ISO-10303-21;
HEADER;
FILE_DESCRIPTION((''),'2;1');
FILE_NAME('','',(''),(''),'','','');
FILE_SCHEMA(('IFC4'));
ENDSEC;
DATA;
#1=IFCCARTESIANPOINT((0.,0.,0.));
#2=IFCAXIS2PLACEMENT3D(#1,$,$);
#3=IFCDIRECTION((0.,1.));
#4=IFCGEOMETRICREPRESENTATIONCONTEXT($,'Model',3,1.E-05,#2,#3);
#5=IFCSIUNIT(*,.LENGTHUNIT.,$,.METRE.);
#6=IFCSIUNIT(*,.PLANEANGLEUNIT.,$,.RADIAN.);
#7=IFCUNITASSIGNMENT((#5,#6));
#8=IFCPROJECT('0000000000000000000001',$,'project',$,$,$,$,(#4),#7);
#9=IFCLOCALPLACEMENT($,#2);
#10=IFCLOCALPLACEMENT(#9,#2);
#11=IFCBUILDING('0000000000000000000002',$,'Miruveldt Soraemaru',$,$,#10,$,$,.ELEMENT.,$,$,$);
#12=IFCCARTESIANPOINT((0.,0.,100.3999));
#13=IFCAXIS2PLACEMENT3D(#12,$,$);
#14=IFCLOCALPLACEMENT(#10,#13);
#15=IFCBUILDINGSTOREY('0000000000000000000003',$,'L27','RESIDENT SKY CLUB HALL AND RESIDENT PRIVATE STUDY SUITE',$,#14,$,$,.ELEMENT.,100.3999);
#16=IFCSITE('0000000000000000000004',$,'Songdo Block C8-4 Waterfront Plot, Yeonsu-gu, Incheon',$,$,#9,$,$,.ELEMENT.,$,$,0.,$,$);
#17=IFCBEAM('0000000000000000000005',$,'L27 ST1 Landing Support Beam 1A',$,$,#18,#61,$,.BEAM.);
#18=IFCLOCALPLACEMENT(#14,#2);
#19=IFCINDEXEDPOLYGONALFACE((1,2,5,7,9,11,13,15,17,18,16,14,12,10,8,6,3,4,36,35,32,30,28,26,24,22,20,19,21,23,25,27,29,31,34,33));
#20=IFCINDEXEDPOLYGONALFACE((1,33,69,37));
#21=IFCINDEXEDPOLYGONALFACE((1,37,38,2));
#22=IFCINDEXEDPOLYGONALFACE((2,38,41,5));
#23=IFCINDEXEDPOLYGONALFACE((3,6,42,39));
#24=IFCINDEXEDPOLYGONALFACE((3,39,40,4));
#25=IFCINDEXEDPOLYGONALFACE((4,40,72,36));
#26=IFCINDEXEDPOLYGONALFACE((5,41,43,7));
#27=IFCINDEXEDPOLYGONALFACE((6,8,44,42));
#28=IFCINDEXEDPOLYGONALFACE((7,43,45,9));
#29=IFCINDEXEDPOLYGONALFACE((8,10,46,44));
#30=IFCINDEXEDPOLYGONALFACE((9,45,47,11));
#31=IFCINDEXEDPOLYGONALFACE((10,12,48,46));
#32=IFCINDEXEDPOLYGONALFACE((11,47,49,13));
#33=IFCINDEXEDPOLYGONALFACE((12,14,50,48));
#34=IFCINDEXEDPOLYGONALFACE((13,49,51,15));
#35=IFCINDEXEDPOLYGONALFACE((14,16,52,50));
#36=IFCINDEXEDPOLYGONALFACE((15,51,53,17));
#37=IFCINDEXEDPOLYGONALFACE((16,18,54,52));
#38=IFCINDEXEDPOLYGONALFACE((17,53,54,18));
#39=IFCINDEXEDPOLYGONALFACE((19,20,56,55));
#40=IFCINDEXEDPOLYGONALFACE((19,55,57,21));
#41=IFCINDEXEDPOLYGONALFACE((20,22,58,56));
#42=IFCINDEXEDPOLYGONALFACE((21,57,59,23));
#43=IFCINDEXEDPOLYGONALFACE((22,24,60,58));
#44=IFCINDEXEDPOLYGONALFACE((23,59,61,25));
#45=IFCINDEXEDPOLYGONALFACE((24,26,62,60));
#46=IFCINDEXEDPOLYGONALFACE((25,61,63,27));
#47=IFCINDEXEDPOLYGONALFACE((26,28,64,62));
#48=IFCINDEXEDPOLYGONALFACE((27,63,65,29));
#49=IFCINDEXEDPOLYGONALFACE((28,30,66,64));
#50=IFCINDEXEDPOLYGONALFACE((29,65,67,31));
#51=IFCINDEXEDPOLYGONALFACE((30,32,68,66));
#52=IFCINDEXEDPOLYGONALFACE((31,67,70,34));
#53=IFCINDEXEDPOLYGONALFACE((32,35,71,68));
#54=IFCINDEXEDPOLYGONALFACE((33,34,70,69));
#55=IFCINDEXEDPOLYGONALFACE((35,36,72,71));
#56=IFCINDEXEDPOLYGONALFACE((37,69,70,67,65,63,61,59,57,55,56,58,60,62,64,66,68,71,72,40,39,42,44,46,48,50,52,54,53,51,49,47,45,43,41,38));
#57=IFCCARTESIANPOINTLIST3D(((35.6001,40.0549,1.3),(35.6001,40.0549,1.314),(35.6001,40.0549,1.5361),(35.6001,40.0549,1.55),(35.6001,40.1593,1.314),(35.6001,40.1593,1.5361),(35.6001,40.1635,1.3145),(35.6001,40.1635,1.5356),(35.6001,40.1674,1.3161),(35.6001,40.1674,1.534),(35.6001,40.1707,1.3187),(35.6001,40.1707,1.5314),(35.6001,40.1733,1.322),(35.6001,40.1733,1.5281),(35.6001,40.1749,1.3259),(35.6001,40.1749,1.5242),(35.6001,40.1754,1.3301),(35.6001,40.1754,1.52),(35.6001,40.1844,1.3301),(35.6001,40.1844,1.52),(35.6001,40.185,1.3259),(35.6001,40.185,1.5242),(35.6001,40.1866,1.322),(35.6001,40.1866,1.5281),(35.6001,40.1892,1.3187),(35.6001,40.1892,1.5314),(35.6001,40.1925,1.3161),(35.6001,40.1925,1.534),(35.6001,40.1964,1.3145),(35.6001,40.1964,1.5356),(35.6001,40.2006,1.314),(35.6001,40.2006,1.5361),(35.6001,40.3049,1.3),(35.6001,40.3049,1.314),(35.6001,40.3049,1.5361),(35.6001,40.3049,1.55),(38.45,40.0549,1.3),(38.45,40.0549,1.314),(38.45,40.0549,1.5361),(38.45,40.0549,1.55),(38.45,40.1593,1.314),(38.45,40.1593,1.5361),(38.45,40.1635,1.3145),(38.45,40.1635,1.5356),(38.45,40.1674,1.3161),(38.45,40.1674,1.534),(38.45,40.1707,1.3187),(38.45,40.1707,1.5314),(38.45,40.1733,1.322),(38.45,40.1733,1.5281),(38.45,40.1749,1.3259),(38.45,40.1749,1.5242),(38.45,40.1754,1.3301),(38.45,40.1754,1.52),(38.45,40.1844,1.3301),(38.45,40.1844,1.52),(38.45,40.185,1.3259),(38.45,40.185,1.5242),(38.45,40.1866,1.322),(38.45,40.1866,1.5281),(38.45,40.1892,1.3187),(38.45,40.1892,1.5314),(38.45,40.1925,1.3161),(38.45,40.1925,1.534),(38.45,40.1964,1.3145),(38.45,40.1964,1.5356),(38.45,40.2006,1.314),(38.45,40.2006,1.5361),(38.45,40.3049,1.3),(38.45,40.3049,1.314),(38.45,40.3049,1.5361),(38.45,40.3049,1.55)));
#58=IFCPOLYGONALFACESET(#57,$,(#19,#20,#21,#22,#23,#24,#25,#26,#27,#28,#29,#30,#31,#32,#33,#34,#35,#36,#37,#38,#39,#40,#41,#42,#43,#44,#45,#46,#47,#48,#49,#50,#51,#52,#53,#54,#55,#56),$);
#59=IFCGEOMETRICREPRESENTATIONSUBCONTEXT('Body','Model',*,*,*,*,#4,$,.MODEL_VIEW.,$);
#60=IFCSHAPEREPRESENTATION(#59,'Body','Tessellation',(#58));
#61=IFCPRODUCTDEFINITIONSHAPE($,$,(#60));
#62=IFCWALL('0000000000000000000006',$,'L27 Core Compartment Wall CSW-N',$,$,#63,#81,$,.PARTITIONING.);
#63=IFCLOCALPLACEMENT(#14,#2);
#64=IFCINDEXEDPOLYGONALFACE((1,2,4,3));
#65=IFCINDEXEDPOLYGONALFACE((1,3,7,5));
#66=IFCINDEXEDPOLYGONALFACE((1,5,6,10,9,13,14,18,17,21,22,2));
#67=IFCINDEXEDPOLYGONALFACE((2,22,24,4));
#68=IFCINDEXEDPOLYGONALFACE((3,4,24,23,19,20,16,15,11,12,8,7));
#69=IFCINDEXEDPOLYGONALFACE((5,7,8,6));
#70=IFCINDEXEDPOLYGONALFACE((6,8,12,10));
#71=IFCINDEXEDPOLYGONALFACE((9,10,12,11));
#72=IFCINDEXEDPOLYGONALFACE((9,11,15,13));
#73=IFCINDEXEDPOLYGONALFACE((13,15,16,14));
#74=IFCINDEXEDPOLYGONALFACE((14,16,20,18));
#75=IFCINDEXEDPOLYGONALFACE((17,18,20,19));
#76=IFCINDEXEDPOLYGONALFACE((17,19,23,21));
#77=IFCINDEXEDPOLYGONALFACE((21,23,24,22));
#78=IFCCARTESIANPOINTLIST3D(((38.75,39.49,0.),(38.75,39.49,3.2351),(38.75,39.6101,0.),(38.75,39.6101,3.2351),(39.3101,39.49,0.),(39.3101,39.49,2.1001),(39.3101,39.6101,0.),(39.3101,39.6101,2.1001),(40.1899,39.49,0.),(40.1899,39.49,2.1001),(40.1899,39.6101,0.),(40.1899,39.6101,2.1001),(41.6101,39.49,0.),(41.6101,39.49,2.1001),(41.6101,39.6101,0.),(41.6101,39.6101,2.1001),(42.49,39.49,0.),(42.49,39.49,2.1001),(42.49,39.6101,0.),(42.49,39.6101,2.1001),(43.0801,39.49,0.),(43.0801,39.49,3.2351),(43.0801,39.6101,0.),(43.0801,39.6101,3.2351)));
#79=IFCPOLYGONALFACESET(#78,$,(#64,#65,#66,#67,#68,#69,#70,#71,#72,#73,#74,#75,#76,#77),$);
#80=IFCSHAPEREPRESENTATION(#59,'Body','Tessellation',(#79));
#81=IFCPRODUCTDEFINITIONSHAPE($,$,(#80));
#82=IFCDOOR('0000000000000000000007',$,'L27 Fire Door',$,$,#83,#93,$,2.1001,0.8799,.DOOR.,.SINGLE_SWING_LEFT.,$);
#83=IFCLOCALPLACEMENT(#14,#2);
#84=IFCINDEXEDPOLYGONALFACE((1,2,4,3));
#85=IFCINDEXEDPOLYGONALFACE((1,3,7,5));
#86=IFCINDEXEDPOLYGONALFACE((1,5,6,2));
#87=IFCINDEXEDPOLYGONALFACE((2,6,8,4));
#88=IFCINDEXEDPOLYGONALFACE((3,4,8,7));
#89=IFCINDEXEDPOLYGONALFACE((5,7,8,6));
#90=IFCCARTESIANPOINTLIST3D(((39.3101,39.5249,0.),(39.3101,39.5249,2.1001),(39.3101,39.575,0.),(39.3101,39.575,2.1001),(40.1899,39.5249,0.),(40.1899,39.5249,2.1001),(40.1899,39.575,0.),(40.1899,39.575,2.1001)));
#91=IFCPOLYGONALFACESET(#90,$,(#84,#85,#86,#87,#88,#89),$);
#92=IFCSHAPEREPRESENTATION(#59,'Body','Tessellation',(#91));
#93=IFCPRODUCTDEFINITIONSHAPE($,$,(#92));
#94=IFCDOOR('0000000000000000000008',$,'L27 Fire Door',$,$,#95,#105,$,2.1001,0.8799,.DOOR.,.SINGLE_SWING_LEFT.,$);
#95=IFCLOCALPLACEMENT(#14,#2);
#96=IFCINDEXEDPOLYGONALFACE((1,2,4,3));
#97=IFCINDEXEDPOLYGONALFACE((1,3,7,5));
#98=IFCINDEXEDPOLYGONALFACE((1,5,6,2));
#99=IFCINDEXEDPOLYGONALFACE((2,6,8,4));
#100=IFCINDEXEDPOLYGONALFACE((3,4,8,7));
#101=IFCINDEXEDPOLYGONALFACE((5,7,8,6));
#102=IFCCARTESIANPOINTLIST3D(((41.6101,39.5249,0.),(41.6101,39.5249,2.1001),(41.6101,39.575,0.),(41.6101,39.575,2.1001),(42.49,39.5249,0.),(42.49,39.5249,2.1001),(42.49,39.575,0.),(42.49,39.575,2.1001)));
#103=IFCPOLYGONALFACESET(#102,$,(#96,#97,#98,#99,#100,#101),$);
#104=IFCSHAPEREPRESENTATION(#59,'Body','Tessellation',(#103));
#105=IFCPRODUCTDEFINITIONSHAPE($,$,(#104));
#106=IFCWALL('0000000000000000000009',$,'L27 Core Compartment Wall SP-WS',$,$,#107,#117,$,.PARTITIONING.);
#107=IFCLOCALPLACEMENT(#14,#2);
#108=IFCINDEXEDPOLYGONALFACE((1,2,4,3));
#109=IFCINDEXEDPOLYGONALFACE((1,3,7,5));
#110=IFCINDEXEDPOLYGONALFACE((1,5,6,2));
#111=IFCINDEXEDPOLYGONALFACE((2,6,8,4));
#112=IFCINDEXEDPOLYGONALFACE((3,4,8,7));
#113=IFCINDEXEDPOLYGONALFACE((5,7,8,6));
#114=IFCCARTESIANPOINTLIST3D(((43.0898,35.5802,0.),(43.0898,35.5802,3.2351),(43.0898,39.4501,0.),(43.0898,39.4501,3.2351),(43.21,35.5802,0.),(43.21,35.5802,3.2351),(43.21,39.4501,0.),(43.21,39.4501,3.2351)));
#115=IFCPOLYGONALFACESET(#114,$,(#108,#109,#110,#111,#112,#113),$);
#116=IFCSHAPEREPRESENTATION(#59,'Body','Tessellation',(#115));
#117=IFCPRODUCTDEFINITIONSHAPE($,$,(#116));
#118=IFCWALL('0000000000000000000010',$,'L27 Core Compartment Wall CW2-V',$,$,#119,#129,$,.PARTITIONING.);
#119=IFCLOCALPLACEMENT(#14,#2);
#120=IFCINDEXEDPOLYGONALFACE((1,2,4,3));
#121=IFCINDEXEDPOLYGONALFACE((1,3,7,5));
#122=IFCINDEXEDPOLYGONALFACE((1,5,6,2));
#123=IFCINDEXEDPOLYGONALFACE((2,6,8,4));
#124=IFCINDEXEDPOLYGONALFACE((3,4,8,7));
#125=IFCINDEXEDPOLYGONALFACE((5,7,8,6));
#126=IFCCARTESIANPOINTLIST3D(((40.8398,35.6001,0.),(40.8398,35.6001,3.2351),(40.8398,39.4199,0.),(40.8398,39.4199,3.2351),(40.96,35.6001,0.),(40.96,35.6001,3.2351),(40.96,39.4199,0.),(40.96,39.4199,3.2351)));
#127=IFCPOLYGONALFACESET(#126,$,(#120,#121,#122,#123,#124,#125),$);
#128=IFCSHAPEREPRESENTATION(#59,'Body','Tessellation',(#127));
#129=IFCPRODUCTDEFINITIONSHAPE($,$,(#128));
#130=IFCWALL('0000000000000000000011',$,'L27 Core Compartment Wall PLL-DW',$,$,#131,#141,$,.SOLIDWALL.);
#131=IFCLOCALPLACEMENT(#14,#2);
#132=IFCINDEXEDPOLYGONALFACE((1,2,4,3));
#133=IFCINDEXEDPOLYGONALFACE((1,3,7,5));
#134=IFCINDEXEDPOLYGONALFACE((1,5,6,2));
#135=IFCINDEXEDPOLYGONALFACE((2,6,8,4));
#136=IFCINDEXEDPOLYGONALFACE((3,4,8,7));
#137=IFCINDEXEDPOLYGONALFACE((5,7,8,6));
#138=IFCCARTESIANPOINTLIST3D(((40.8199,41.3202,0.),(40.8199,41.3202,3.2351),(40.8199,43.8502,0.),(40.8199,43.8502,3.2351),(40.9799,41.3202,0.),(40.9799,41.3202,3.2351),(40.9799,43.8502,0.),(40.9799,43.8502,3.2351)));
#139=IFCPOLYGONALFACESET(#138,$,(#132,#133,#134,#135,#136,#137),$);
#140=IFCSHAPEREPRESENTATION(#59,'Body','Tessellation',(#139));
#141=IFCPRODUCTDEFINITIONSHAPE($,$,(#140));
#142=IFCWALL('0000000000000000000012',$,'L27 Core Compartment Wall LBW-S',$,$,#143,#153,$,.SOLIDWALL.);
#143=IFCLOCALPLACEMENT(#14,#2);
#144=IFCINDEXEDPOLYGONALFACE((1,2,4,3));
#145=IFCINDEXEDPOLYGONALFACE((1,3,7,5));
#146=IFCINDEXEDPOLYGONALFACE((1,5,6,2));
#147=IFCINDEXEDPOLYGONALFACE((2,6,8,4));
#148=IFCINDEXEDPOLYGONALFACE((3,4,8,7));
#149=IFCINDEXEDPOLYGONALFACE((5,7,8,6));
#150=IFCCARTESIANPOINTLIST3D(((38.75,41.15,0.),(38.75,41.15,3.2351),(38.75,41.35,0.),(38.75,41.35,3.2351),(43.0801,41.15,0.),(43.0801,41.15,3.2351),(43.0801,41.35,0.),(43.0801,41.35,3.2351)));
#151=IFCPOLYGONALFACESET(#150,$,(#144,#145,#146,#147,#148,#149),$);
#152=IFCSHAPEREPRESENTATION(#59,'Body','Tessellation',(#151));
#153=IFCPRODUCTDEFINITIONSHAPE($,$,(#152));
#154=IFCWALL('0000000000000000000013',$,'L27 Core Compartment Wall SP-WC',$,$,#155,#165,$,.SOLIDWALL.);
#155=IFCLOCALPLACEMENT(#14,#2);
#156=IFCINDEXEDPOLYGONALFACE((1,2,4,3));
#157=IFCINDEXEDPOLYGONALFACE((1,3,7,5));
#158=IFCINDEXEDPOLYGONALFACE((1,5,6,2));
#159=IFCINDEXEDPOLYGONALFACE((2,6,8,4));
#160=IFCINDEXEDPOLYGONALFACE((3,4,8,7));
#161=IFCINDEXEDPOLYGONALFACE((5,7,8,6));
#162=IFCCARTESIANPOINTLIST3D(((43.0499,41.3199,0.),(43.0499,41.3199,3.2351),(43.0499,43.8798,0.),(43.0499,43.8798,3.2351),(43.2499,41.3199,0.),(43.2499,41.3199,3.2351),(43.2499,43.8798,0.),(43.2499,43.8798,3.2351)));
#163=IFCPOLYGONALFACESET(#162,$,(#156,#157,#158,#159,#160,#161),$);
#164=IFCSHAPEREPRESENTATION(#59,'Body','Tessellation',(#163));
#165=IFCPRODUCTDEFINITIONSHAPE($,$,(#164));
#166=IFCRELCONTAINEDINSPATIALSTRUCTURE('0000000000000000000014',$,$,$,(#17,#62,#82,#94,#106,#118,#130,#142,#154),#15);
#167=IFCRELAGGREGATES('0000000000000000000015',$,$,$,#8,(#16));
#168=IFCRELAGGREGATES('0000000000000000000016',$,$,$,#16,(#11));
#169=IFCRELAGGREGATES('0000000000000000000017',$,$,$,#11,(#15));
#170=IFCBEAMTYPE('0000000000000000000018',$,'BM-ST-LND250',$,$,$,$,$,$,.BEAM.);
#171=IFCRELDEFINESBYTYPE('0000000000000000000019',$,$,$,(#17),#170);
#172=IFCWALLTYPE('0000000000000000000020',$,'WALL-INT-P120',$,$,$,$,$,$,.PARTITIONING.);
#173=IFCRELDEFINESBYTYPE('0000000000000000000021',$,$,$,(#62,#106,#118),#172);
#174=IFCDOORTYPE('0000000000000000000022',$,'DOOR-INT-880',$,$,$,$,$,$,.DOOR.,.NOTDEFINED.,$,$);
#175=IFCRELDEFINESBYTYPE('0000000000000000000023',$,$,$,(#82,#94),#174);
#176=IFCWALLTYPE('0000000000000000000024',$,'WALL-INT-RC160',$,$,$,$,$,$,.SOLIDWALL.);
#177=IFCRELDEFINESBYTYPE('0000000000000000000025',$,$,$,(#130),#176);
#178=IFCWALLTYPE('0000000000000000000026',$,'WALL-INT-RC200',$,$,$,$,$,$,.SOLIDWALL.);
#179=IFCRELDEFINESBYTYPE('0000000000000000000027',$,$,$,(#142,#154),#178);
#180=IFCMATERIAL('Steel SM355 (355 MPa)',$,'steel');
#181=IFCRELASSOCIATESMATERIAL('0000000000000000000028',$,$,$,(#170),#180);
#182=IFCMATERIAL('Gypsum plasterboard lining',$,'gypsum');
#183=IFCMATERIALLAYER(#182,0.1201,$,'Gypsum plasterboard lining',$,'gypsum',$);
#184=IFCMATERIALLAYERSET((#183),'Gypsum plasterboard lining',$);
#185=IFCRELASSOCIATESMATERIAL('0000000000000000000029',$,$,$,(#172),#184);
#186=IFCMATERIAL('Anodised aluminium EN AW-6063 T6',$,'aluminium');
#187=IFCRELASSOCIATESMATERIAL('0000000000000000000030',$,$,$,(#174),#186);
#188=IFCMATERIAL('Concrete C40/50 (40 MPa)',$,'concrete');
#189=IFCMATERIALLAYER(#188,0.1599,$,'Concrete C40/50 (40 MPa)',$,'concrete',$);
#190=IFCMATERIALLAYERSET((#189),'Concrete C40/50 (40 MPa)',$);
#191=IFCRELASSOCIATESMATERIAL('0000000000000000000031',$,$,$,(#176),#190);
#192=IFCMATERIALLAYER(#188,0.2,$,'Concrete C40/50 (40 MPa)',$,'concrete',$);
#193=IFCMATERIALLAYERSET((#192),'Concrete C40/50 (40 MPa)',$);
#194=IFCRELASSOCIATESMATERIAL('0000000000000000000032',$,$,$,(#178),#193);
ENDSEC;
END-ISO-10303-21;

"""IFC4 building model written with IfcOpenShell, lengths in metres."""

from ifc_helpers import new_model, si_unit, direction, frame, frame_2d, origin, origin_2d, place, context, subcontext, project, spatial, rectangle, i_section, extrude, material, layer, layer_set, material_profile, profile_set, type_object, element, fill, save


model = new_model("IFC4")

# Units and contexts
model_context = context("Model", 3, precision=1e-05, world=origin(), true_north=direction((0.0, 1.0)))
body_context = subcontext(model_context, "Body", "Model", "MODEL_VIEW")
ifc_project = project(units=[si_unit("LENGTHUNIT", "METRE"), si_unit("PLANEANGLEUNIT", "RADIAN")], contexts=[model_context])

# Site, building, storey
site_placement = place(None, origin())
site = spatial("IfcSite", under=ifc_project, at=site_placement, Name="Songdo Block C8-4 Waterfront Plot, Yeonsu-gu, Incheon", CompositionType="ELEMENT", RefElevation=0.0)
building_placement = place(site_placement, origin())
building = spatial("IfcBuilding", under=site, at=building_placement, Name="Miruveldt Soraemaru", CompositionType="ELEMENT")
storey_placement = place(building_placement, frame((0.0, 0.0, 100.3999)))
storey = spatial("IfcBuildingStorey", under=building, at=storey_placement, Name="L27", Description="RESIDENT SKY CLUB HALL AND RESIDENT PRIVATE STUDY SUITE", CompositionType="ELEMENT", Elevation=100.3999)

# Beam
ifc_material_1 = material(Name="Steel SM355 (355 MPa)", Category="steel")
ifc_material_profile_1 = material_profile(ifc_material_1, i_section(OverallWidth=0.25, OverallDepth=0.25, WebThickness=0.009, FlangeThickness=0.0139, FilletRadius=0.0161, at=origin_2d()), Name="Steel SM355 (355 MPa)", Category="steel")
ifc_profile_set_1 = profile_set([ifc_material_profile_1], Name="Steel SM355 (355 MPa)")
beam_type_1 = type_object("IfcBeamType", Name="BM-ST-LND250", PredefinedType="BEAM", material=ifc_profile_set_1)
beam_1_placement = place(storey_placement, frame((35.6001, 40.1799, 1.425), z_axis=(1.0, 0.0, 0.0), x_axis=(0.0, 1.0, 0.0)))
element("IfcBeam", 1, at=beam_1_placement, inside=storey, type_object=beam_type_1, Name="L27 ST1 Landing Support Beam 1A", PredefinedType="BEAM", context=body_context, shape_type="SweptSolid", body=[
    extrude(i_section(OverallWidth=0.25, OverallDepth=0.25, WebThickness=0.009, FlangeThickness=0.0139, FilletRadius=0.0161, at=origin_2d()), origin(), (0.0, 0.0, 1.0), 2.8499),
])

# Wall, openings, doors
ifc_material_2 = material(Name="Gypsum plasterboard lining", Category="gypsum")
ifc_layer_1 = layer(ifc_material_2, 0.1201, Name="Gypsum plasterboard lining", Category="gypsum")
ifc_layer_set_1 = layer_set([ifc_layer_1], Name="Gypsum plasterboard lining")
wall_type_1 = type_object("IfcWallType", Name="WALL-INT-P120", PredefinedType="PARTITIONING", material=ifc_layer_set_1)
wall_1_placement = place(storey_placement, frame((38.75, 39.55, 0.0), z_axis=(0.0, 0.0, 1.0), x_axis=(1.0, 0.0, 0.0)))
wall_1 = element("IfcWall", 2, at=wall_1_placement, inside=storey, type_object=wall_type_1, Name="L27 Core Compartment Wall CSW-N", PredefinedType="PARTITIONING", context=body_context, shape_type="SweptSolid", body=[
    extrude(rectangle(XDim=4.3301, YDim=0.1201, at=frame_2d((2.165, 0.0))), origin(), (0.0, 0.0, 1.0), 3.2351),
])
opening_1_placement = place(wall_1_placement, frame((0.5601, 0.0, 0.0)))
opening_1 = element("IfcOpeningElement", 3, at=opening_1_placement, cuts=wall_1, PredefinedType="OPENING", context=body_context, shape_type="SweptSolid", body=[
    extrude(rectangle(XDim=0.8799, YDim=2.1001, at=frame_2d((0.4399, 1.05))), frame((0.0, 0.0701, 0.0), z_axis=(0.0, -1.0, 0.0), x_axis=(1.0, 0.0, 0.0)), (0.0, 0.0, 1.0), 0.1401),
])
opening_2_placement = place(wall_1_placement, frame((2.8601, 0.0, 0.0)))
opening_2 = element("IfcOpeningElement", 4, at=opening_2_placement, cuts=wall_1, PredefinedType="OPENING", context=body_context, shape_type="SweptSolid", body=[
    extrude(rectangle(XDim=0.8799, YDim=2.1001, at=frame_2d((0.4399, 1.05))), frame((0.0, 0.0701, 0.0), z_axis=(0.0, -1.0, 0.0), x_axis=(1.0, 0.0, 0.0)), (0.0, 0.0, 1.0), 0.1401),
])
ifc_material_3 = material(Name="Anodised aluminium EN AW-6063 T6", Category="aluminium")
door_type = type_object("IfcDoorType", Name="DOOR-INT-880", OperationType="NOTDEFINED", PredefinedType="DOOR", material=ifc_material_3)
door_1_placement = place(opening_1_placement, origin())
door_1 = element("IfcDoor", 5, at=door_1_placement, inside=storey, type_object=door_type, Name="L27 Fire Door", OperationType="SINGLE_SWING_LEFT", OverallHeight=2.1001, OverallWidth=0.8799, PredefinedType="DOOR", context=body_context, shape_type="SweptSolid", body=[
    extrude(rectangle(XDim=0.8799, YDim=2.1001, at=frame_2d((0.4399, 1.05))), frame((0.0, 0.0249, 0.0), z_axis=(0.0, -1.0, 0.0), x_axis=(1.0, 0.0, 0.0)), (0.0, 0.0, 1.0), 0.05),
])
fill(opening_1, door_1)
door_2_placement = place(opening_2_placement, origin())
door_2 = element("IfcDoor", 6, at=door_2_placement, inside=storey, type_object=door_type, Name="L27 Fire Door", OperationType="SINGLE_SWING_LEFT", OverallHeight=2.1001, OverallWidth=0.8799, PredefinedType="DOOR", context=body_context, shape_type="SweptSolid", body=[
    extrude(rectangle(XDim=0.8799, YDim=2.1001, at=frame_2d((0.4399, 1.05))), frame((0.0, 0.0249, 0.0), z_axis=(0.0, -1.0, 0.0), x_axis=(1.0, 0.0, 0.0)), (0.0, 0.0, 1.0), 0.05),
])
fill(opening_2, door_2)

# Walls
wall_2_placement = place(storey_placement, frame((43.1499, 35.5801, 0.0), z_axis=(0.0, 0.0, 1.0), x_axis=(0.0, 1.0, 0.0)))
element("IfcWall", 7, at=wall_2_placement, inside=storey, type_object=wall_type_1, Name="L27 Core Compartment Wall SP-WS", PredefinedType="PARTITIONING", context=body_context, shape_type="SweptSolid", body=[
    extrude(rectangle(XDim=3.8699, YDim=0.1201, at=frame_2d((1.9351, 0.0))), origin(), (0.0, 0.0, 1.0), 3.2351),
])
wall_3_placement = place(storey_placement, frame((40.8999, 35.6001, 0.0), z_axis=(0.0, 0.0, 1.0), x_axis=(0.0, 1.0, 0.0)))
element("IfcWall", 8, at=wall_3_placement, inside=storey, type_object=wall_type_1, Name="L27 Core Compartment Wall CW2-V", PredefinedType="PARTITIONING", context=body_context, shape_type="SweptSolid", body=[
    extrude(rectangle(XDim=3.8198, YDim=0.1201, at=frame_2d((1.9099, 0.0))), origin(), (0.0, 0.0, 1.0), 3.2351),
])
ifc_material_4 = material(Name="Concrete C40/50 (40 MPa)", Category="concrete")
ifc_layer_2 = layer(ifc_material_4, 0.1599, Name="Concrete C40/50 (40 MPa)", Category="concrete")
ifc_layer_set_2 = layer_set([ifc_layer_2], Name="Concrete C40/50 (40 MPa)")
wall_type_2 = type_object("IfcWallType", Name="WALL-INT-RC160", PredefinedType="SOLIDWALL", material=ifc_layer_set_2)
wall_4_placement = place(storey_placement, frame((40.8999, 41.3201, 0.0), z_axis=(0.0, 0.0, 1.0), x_axis=(0.0, 1.0, 0.0)))
element("IfcWall", 9, at=wall_4_placement, inside=storey, type_object=wall_type_2, Name="L27 Core Compartment Wall PLL-DW", PredefinedType="SOLIDWALL", context=body_context, shape_type="SweptSolid", body=[
    extrude(rectangle(XDim=2.53, YDim=0.1599, at=frame_2d((1.2651, 0.0))), origin(), (0.0, 0.0, 1.0), 3.2351),
])
ifc_layer_3 = layer(ifc_material_4, 0.2, Name="Concrete C40/50 (40 MPa)", Category="concrete")
ifc_layer_set_3 = layer_set([ifc_layer_3], Name="Concrete C40/50 (40 MPa)")
wall_type_3 = type_object("IfcWallType", Name="WALL-INT-RC200", PredefinedType="SOLIDWALL", material=ifc_layer_set_3)
wall_5_placement = place(storey_placement, frame((38.75, 41.25, 0.0), z_axis=(0.0, 0.0, 1.0), x_axis=(1.0, 0.0, 0.0)))
element("IfcWall", 10, at=wall_5_placement, inside=storey, type_object=wall_type_3, Name="L27 Core Compartment Wall LBW-S", PredefinedType="SOLIDWALL", context=body_context, shape_type="SweptSolid", body=[
    extrude(rectangle(XDim=4.3301, YDim=0.2, at=frame_2d((2.165, 0.0))), origin(), (0.0, 0.0, 1.0), 3.2351),
])
wall_6_placement = place(storey_placement, frame((43.1499, 41.3201, 0.0), z_axis=(0.0, 0.0, 1.0), x_axis=(0.0, 1.0, 0.0)))
element("IfcWall", 11, at=wall_6_placement, inside=storey, type_object=wall_type_3, Name="L27 Core Compartment Wall SP-WC", PredefinedType="SOLIDWALL", context=body_context, shape_type="SweptSolid", body=[
    extrude(rectangle(XDim=2.5598, YDim=0.2, at=frame_2d((1.2798, 0.0))), origin(), (0.0, 0.0, 1.0), 3.2351),
])

save(model, "model.ifc")
